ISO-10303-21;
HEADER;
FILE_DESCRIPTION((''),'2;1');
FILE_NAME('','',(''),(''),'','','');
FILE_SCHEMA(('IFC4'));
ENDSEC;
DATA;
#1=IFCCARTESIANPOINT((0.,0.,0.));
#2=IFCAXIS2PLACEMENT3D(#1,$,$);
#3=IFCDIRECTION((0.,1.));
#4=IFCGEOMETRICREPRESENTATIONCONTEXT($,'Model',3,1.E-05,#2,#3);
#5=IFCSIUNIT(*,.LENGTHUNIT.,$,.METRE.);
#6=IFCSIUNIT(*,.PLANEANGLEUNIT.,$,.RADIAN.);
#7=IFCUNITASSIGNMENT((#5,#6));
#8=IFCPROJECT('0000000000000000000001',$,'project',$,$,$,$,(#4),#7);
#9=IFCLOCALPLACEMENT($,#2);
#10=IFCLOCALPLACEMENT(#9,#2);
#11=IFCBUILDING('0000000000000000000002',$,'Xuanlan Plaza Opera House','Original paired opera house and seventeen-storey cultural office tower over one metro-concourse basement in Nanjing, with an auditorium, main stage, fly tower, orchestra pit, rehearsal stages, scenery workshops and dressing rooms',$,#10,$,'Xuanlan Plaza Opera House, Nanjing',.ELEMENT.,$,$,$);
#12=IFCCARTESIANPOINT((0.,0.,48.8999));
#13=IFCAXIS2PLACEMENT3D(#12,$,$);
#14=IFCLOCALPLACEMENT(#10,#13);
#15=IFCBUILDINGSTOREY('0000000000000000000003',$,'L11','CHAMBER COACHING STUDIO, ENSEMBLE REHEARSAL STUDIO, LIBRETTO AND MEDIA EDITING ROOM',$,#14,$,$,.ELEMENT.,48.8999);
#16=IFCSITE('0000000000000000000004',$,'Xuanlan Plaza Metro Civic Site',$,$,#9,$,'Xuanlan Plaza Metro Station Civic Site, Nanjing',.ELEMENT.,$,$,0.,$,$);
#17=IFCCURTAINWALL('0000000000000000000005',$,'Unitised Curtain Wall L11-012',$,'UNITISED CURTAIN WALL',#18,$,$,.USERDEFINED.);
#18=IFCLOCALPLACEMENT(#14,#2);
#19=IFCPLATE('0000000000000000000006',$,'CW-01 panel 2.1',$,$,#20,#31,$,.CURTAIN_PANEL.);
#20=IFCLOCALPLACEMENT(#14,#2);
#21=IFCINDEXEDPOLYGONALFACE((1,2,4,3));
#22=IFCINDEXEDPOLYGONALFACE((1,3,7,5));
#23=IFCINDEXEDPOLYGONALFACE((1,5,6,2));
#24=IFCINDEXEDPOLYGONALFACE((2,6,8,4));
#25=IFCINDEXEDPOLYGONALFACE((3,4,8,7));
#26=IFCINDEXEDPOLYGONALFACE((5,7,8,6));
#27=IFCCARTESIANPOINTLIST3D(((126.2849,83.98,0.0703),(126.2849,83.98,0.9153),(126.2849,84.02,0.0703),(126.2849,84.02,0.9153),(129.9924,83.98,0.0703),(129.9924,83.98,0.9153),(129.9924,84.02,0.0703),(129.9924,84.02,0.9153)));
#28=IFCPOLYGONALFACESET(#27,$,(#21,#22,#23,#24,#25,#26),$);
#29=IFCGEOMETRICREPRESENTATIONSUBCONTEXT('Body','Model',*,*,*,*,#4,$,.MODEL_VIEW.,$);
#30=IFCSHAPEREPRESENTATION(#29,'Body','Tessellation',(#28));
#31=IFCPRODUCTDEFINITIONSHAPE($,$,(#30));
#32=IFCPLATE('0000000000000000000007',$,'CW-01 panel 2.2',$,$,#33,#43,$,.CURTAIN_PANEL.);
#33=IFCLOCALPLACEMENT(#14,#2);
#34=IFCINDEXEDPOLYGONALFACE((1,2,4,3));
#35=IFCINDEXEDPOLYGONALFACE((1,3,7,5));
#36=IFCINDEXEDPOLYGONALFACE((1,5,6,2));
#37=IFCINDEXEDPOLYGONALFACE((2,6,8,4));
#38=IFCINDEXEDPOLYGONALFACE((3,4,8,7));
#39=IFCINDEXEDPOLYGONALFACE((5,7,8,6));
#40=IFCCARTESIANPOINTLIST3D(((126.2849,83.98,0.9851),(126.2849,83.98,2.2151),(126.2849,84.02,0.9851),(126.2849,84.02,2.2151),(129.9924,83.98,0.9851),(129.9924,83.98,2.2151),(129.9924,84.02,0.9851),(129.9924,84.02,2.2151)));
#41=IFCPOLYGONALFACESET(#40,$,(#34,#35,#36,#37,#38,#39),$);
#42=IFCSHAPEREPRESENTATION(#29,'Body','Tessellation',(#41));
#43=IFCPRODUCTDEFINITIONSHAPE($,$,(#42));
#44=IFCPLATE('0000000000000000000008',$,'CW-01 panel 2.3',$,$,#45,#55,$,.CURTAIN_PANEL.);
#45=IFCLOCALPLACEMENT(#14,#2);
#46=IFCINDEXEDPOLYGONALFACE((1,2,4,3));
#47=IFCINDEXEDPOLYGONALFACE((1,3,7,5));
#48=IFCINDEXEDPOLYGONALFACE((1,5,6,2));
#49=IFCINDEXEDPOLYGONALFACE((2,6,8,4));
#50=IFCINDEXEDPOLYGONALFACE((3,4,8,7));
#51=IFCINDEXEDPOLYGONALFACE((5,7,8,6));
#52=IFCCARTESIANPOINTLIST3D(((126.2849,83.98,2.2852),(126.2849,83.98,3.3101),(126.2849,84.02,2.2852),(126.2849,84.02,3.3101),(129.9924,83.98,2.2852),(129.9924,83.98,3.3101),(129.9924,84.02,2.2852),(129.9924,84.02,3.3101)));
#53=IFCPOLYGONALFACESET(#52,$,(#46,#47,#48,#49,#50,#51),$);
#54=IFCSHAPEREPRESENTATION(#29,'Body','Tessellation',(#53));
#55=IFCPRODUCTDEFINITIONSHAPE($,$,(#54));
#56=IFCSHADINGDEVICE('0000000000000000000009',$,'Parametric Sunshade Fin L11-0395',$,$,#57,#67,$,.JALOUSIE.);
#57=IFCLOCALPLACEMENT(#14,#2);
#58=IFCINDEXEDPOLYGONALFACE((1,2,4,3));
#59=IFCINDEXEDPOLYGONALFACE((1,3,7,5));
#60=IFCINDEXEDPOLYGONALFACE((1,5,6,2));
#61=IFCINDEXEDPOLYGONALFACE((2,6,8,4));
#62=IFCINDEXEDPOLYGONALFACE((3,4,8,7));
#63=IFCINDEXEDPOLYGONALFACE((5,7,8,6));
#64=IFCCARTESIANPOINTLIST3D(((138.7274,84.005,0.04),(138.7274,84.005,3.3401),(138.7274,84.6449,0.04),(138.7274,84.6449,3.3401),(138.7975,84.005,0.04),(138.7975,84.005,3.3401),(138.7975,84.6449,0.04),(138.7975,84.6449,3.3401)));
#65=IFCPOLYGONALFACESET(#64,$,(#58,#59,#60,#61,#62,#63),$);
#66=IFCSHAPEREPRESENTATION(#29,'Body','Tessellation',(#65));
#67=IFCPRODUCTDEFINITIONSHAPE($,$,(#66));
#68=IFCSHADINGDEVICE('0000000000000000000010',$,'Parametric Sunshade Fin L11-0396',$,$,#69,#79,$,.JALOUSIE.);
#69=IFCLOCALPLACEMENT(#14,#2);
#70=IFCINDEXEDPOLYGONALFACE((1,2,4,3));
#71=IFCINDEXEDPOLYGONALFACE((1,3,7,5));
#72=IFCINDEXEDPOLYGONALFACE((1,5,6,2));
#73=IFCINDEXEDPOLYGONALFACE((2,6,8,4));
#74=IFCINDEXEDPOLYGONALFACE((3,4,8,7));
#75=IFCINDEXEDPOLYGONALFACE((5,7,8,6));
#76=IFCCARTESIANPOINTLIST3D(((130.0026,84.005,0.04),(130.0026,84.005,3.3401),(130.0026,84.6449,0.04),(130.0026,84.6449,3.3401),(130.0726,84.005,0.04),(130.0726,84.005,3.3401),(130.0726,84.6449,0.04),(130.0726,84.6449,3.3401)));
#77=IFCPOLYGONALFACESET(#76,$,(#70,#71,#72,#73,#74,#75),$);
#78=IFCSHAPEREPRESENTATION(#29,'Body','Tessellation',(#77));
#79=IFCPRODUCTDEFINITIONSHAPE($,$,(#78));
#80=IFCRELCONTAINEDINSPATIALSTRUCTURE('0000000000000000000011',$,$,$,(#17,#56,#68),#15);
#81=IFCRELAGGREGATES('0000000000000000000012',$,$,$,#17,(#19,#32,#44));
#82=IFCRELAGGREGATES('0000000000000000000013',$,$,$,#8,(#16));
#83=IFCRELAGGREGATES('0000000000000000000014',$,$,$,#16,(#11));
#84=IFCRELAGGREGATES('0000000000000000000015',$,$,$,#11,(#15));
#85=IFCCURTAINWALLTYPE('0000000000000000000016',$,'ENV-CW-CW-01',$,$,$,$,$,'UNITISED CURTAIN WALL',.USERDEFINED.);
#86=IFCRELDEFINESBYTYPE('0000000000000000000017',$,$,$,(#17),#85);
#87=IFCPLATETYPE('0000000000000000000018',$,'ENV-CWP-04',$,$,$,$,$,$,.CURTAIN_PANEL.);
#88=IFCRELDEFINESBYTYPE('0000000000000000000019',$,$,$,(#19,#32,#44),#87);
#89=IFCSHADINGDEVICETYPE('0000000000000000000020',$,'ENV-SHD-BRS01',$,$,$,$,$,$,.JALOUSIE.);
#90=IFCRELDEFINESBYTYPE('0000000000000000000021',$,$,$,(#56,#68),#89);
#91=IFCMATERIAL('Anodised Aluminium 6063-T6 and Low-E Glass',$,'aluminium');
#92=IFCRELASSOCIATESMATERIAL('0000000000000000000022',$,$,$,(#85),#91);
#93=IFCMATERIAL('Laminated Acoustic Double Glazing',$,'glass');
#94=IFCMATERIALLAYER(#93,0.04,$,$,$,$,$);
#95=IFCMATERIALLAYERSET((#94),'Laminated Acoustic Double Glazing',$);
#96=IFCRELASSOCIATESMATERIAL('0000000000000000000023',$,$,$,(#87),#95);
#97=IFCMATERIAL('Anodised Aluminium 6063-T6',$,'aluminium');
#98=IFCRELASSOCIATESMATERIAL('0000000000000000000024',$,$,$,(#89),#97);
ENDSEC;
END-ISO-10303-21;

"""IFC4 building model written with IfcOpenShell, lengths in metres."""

from ifc_helpers import new_model, si_unit, direction, frame, origin, origin_2d, place, context, subcontext, project, spatial, rectangle, extrude, material, layer, layer_set, type_object, element, aggregate, save


model = new_model("IFC4")

# Units and contexts
model_context = context("Model", 3, precision=1e-05, world=origin(), true_north=direction((0.0, 1.0)))
body_context = subcontext(model_context, "Body", "Model", "MODEL_VIEW")
ifc_project = project(units=[si_unit("LENGTHUNIT", "METRE"), si_unit("PLANEANGLEUNIT", "RADIAN")], contexts=[model_context])

# Site, building, storey
site_placement = place(None, origin())
site = spatial("IfcSite", under=ifc_project, at=site_placement, Name="Xuanlan Plaza Metro Civic Site", LongName="Xuanlan Plaza Metro Station Civic Site, Nanjing", CompositionType="ELEMENT", RefElevation=0.0)
building_placement = place(site_placement, origin())
building = spatial("IfcBuilding", under=site, at=building_placement, Name="Xuanlan Plaza Opera House", Description="Original paired opera house and seventeen-storey cultural office tower over one metro-concourse basement in Nanjing, with an auditorium, main stage, fly tower, orchestra pit, rehearsal stages, scenery workshops and dressing rooms", LongName="Xuanlan Plaza Opera House, Nanjing", CompositionType="ELEMENT")
storey_placement = place(building_placement, frame((0.0, 0.0, 48.8999)))
storey = spatial("IfcBuildingStorey", under=building, at=storey_placement, Name="L11", Description="CHAMBER COACHING STUDIO, ENSEMBLE REHEARSAL STUDIO, LIBRETTO AND MEDIA EDITING ROOM", CompositionType="ELEMENT", Elevation=48.8999)

# Curtain wall
ifc_material_1 = material(Name="Anodised Aluminium 6063-T6 and Low-E Glass", Category="aluminium")
ifc_material_2 = material(Name="Anodised Aluminium 6063-T6", Category="aluminium")
curtain_wall_type_1 = type_object("IfcCurtainWallType", Name="ENV-CW-CW-01", ElementType="UNITISED CURTAIN WALL", PredefinedType="USERDEFINED", material=ifc_material_1)
curtain_wall_1_placement = place(storey_placement, origin())
curtain_wall_1 = element("IfcCurtainWall", 1, at=curtain_wall_1_placement, inside=storey, type_object=curtain_wall_type_1, Name="Unitised Curtain Wall L11-012", ObjectType="UNITISED CURTAIN WALL", PredefinedType="USERDEFINED")

# Plates
ifc_material_3 = material(Name="Laminated Acoustic Double Glazing", Category="glass")
ifc_layer_1 = layer(ifc_material_3, 0.04)
ifc_layer_set_1 = layer_set([ifc_layer_1], Name="Laminated Acoustic Double Glazing")
plate_type_1 = type_object("IfcPlateType", Name="ENV-CWP-04", PredefinedType="CURTAIN_PANEL", material=ifc_layer_set_1)
plate_1_placement = place(storey_placement, frame((128.1387, 84.0, 0.0703), z_axis=(0.0, 0.0, 1.0), x_axis=(-1.0, 0.0, 0.0)))
plate_1 = element("IfcPlate", 2, at=plate_1_placement, type_object=plate_type_1, Name="CW-01 panel 2.1", PredefinedType="CURTAIN_PANEL", context=body_context, shape_type="SweptSolid", body=[
    extrude(rectangle(XDim=3.7075, YDim=0.04, at=origin_2d()), origin(), (0.0, 0.0, 1.0), 0.845),
])
plate_2_placement = place(storey_placement, frame((128.1387, 84.0, 0.9851), z_axis=(0.0, 0.0, 1.0), x_axis=(-1.0, 0.0, 0.0)))
plate_2 = element("IfcPlate", 3, at=plate_2_placement, type_object=plate_type_1, Name="CW-01 panel 2.2", PredefinedType="CURTAIN_PANEL", context=body_context, shape_type="SweptSolid", body=[
    extrude(rectangle(XDim=3.7075, YDim=0.04, at=origin_2d()), origin(), (0.0, 0.0, 1.0), 1.23),
])
plate_3_placement = place(storey_placement, frame((128.1387, 84.0, 2.2852), z_axis=(0.0, 0.0, 1.0), x_axis=(-1.0, 0.0, 0.0)))
plate_3 = element("IfcPlate", 4, at=plate_3_placement, type_object=plate_type_1, Name="CW-01 panel 2.3", PredefinedType="CURTAIN_PANEL", context=body_context, shape_type="SweptSolid", body=[
    extrude(rectangle(XDim=3.7075, YDim=0.04, at=origin_2d()), origin(), (0.0, 0.0, 1.0), 1.0249),
])
aggregate(curtain_wall_1, [plate_1, plate_2, plate_3])

# Shading devices
shading_device_type = type_object("IfcShadingDeviceType", Name="ENV-SHD-BRS01", PredefinedType="JALOUSIE", material=ifc_material_2)
for number, where, z_axis, x_axis, name in (
    (5, (138.7625, 84.325, 0.04), (0.0, 0.0, 1.0), (0.0, 1.0, 0.0), "Parametric Sunshade Fin L11-0395"),
    (6, (130.0376, 84.325, 0.04), (0.0, 0.0, 1.0), (0.0, 1.0, 0.0), "Parametric Sunshade Fin L11-0396"),
):
    element("IfcShadingDevice", number, at=place(storey_placement, frame(where, z_axis=z_axis, x_axis=x_axis)), inside=storey, type_object=shading_device_type, Name=name, PredefinedType="JALOUSIE", context=body_context, shape_type="SweptSolid", body=[
        extrude(rectangle(XDim=0.6399, YDim=0.0701, at=origin_2d()), origin(), (0.0, 0.0, 1.0), 3.3),
    ])

save(model, "model.ifc")
